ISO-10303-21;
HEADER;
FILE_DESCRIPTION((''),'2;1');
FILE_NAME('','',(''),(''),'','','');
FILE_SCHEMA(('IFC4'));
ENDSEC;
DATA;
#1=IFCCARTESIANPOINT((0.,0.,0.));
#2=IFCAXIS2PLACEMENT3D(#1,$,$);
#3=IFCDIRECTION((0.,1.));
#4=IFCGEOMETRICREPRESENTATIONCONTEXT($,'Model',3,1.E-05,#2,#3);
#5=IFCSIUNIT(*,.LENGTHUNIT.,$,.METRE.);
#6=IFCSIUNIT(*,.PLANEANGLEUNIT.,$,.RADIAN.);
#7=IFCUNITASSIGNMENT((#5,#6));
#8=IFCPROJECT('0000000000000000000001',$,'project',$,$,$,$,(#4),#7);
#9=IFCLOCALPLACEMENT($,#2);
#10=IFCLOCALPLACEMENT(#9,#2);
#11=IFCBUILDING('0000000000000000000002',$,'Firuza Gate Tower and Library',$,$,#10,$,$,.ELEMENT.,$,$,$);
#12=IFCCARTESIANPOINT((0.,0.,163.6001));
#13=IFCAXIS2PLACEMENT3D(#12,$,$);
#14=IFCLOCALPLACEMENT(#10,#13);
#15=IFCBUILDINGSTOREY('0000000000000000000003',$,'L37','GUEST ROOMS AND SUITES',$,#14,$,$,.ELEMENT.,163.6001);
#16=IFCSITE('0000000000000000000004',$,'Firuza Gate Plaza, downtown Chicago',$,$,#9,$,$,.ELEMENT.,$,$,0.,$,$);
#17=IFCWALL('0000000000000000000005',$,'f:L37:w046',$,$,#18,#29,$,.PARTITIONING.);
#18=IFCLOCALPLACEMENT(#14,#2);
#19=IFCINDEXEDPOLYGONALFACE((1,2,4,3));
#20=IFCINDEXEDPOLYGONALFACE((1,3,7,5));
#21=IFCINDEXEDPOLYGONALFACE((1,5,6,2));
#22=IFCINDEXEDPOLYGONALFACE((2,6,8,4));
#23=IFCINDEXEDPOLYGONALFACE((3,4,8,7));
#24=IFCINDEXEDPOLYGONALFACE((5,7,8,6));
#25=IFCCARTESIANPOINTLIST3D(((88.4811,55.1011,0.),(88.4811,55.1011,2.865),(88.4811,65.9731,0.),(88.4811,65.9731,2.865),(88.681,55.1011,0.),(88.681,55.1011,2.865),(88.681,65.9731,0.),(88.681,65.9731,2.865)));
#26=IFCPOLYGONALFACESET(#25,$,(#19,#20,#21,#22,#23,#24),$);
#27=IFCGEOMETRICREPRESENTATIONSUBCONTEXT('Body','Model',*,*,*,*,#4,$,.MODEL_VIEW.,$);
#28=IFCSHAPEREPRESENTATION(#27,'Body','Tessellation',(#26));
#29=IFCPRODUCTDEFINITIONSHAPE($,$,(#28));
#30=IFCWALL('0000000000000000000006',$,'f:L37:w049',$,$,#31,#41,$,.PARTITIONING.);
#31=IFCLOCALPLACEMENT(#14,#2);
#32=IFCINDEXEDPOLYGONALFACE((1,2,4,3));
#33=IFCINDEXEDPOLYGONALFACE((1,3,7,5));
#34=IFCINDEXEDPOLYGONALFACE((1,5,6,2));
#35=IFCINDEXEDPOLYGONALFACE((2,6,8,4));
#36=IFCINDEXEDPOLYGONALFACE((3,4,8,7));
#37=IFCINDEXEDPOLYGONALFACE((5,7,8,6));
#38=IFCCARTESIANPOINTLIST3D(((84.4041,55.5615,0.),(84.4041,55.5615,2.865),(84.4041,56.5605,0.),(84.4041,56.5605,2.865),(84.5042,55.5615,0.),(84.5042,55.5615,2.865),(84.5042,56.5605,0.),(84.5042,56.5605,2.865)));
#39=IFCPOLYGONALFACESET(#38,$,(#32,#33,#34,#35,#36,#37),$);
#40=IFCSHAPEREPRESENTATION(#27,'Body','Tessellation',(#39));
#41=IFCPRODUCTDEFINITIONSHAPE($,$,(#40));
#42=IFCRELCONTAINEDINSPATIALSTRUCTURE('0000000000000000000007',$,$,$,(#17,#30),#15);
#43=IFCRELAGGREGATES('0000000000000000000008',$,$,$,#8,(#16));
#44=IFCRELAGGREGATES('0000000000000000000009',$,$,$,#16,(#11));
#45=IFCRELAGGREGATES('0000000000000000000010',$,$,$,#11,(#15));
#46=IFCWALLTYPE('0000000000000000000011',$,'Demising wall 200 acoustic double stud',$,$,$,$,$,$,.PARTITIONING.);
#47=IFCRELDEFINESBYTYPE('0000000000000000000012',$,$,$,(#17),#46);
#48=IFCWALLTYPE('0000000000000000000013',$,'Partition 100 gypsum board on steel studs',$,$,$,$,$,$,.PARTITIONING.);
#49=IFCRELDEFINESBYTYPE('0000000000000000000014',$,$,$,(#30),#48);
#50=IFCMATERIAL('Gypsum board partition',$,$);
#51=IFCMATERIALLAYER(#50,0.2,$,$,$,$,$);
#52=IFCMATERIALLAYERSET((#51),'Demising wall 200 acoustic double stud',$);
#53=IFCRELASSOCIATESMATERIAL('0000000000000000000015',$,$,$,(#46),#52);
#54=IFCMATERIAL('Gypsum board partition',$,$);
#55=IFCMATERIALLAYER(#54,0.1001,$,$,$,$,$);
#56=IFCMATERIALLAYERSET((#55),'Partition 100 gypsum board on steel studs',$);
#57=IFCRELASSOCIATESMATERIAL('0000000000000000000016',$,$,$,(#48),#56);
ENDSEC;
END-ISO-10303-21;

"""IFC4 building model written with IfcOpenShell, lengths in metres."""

from ifc_helpers import new_model, si_unit, direction, frame, frame_2d, origin, place, context, subcontext, project, spatial, rectangle, extrude, material, layer, layer_set, type_object, element, save


model = new_model("IFC4")

# Units and contexts
model_context = context("Model", 3, precision=1e-05, world=origin(), true_north=direction((0.0, 1.0)))
body_context = subcontext(model_context, "Body", "Model", "MODEL_VIEW")
ifc_project = project(units=[si_unit("LENGTHUNIT", "METRE"), si_unit("PLANEANGLEUNIT", "RADIAN")], contexts=[model_context])

# Site, building, storey
site_placement = place(None, origin())
site = spatial("IfcSite", under=ifc_project, at=site_placement, Name="Firuza Gate Plaza, downtown Chicago", CompositionType="ELEMENT", RefElevation=0.0)
building_placement = place(site_placement, origin())
building = spatial("IfcBuilding", under=site, at=building_placement, Name="Firuza Gate Tower and Library", CompositionType="ELEMENT")
storey_placement = place(building_placement, frame((0.0, 0.0, 163.6001)))
storey = spatial("IfcBuildingStorey", under=building, at=storey_placement, Name="L37", Description="GUEST ROOMS AND SUITES", CompositionType="ELEMENT", Elevation=163.6001)

# Walls
ifc_material_1 = material(Name="Gypsum board partition")
ifc_layer_1 = layer(ifc_material_1, 0.2)
ifc_layer_set_1 = layer_set([ifc_layer_1], Name="Demising wall 200 acoustic double stud")
wall_type_1 = type_object("IfcWallType", Name="Demising wall 200 acoustic double stud", PredefinedType="PARTITIONING", material=ifc_layer_set_1)
wall_1_placement = place(storey_placement, frame((88.5811, 55.1011, 0.0), z_axis=(0.0, 0.0, 1.0), x_axis=(0.0, 1.0, 0.0)))
element("IfcWall", 1, at=wall_1_placement, inside=storey, type_object=wall_type_1, Name="f:L37:w046", PredefinedType="PARTITIONING", context=body_context, shape_type="SweptSolid", body=[
    extrude(rectangle(XDim=10.8721, YDim=0.2, at=frame_2d((5.436, 0.0))), origin(), (0.0, 0.0, 1.0), 2.865),
])
ifc_material_2 = material(Name="Gypsum board partition")
ifc_layer_2 = layer(ifc_material_2, 0.1001)
ifc_layer_set_2 = layer_set([ifc_layer_2], Name="Partition 100 gypsum board on steel studs")
wall_type_2 = type_object("IfcWallType", Name="Partition 100 gypsum board on steel studs", PredefinedType="PARTITIONING", material=ifc_layer_set_2)
wall_2_placement = place(storey_placement, frame((84.4541, 55.5615, 0.0), z_axis=(0.0, 0.0, 1.0), x_axis=(0.0, 1.0, 0.0)))
element("IfcWall", 2, at=wall_2_placement, inside=storey, type_object=wall_type_2, Name="f:L37:w049", PredefinedType="PARTITIONING", context=body_context, shape_type="SweptSolid", body=[
    extrude(rectangle(XDim=0.999, YDim=0.1001, at=frame_2d((0.4995, 0.0))), origin(), (0.0, 0.0, 1.0), 2.865),
])

save(model, "model.ifc")
